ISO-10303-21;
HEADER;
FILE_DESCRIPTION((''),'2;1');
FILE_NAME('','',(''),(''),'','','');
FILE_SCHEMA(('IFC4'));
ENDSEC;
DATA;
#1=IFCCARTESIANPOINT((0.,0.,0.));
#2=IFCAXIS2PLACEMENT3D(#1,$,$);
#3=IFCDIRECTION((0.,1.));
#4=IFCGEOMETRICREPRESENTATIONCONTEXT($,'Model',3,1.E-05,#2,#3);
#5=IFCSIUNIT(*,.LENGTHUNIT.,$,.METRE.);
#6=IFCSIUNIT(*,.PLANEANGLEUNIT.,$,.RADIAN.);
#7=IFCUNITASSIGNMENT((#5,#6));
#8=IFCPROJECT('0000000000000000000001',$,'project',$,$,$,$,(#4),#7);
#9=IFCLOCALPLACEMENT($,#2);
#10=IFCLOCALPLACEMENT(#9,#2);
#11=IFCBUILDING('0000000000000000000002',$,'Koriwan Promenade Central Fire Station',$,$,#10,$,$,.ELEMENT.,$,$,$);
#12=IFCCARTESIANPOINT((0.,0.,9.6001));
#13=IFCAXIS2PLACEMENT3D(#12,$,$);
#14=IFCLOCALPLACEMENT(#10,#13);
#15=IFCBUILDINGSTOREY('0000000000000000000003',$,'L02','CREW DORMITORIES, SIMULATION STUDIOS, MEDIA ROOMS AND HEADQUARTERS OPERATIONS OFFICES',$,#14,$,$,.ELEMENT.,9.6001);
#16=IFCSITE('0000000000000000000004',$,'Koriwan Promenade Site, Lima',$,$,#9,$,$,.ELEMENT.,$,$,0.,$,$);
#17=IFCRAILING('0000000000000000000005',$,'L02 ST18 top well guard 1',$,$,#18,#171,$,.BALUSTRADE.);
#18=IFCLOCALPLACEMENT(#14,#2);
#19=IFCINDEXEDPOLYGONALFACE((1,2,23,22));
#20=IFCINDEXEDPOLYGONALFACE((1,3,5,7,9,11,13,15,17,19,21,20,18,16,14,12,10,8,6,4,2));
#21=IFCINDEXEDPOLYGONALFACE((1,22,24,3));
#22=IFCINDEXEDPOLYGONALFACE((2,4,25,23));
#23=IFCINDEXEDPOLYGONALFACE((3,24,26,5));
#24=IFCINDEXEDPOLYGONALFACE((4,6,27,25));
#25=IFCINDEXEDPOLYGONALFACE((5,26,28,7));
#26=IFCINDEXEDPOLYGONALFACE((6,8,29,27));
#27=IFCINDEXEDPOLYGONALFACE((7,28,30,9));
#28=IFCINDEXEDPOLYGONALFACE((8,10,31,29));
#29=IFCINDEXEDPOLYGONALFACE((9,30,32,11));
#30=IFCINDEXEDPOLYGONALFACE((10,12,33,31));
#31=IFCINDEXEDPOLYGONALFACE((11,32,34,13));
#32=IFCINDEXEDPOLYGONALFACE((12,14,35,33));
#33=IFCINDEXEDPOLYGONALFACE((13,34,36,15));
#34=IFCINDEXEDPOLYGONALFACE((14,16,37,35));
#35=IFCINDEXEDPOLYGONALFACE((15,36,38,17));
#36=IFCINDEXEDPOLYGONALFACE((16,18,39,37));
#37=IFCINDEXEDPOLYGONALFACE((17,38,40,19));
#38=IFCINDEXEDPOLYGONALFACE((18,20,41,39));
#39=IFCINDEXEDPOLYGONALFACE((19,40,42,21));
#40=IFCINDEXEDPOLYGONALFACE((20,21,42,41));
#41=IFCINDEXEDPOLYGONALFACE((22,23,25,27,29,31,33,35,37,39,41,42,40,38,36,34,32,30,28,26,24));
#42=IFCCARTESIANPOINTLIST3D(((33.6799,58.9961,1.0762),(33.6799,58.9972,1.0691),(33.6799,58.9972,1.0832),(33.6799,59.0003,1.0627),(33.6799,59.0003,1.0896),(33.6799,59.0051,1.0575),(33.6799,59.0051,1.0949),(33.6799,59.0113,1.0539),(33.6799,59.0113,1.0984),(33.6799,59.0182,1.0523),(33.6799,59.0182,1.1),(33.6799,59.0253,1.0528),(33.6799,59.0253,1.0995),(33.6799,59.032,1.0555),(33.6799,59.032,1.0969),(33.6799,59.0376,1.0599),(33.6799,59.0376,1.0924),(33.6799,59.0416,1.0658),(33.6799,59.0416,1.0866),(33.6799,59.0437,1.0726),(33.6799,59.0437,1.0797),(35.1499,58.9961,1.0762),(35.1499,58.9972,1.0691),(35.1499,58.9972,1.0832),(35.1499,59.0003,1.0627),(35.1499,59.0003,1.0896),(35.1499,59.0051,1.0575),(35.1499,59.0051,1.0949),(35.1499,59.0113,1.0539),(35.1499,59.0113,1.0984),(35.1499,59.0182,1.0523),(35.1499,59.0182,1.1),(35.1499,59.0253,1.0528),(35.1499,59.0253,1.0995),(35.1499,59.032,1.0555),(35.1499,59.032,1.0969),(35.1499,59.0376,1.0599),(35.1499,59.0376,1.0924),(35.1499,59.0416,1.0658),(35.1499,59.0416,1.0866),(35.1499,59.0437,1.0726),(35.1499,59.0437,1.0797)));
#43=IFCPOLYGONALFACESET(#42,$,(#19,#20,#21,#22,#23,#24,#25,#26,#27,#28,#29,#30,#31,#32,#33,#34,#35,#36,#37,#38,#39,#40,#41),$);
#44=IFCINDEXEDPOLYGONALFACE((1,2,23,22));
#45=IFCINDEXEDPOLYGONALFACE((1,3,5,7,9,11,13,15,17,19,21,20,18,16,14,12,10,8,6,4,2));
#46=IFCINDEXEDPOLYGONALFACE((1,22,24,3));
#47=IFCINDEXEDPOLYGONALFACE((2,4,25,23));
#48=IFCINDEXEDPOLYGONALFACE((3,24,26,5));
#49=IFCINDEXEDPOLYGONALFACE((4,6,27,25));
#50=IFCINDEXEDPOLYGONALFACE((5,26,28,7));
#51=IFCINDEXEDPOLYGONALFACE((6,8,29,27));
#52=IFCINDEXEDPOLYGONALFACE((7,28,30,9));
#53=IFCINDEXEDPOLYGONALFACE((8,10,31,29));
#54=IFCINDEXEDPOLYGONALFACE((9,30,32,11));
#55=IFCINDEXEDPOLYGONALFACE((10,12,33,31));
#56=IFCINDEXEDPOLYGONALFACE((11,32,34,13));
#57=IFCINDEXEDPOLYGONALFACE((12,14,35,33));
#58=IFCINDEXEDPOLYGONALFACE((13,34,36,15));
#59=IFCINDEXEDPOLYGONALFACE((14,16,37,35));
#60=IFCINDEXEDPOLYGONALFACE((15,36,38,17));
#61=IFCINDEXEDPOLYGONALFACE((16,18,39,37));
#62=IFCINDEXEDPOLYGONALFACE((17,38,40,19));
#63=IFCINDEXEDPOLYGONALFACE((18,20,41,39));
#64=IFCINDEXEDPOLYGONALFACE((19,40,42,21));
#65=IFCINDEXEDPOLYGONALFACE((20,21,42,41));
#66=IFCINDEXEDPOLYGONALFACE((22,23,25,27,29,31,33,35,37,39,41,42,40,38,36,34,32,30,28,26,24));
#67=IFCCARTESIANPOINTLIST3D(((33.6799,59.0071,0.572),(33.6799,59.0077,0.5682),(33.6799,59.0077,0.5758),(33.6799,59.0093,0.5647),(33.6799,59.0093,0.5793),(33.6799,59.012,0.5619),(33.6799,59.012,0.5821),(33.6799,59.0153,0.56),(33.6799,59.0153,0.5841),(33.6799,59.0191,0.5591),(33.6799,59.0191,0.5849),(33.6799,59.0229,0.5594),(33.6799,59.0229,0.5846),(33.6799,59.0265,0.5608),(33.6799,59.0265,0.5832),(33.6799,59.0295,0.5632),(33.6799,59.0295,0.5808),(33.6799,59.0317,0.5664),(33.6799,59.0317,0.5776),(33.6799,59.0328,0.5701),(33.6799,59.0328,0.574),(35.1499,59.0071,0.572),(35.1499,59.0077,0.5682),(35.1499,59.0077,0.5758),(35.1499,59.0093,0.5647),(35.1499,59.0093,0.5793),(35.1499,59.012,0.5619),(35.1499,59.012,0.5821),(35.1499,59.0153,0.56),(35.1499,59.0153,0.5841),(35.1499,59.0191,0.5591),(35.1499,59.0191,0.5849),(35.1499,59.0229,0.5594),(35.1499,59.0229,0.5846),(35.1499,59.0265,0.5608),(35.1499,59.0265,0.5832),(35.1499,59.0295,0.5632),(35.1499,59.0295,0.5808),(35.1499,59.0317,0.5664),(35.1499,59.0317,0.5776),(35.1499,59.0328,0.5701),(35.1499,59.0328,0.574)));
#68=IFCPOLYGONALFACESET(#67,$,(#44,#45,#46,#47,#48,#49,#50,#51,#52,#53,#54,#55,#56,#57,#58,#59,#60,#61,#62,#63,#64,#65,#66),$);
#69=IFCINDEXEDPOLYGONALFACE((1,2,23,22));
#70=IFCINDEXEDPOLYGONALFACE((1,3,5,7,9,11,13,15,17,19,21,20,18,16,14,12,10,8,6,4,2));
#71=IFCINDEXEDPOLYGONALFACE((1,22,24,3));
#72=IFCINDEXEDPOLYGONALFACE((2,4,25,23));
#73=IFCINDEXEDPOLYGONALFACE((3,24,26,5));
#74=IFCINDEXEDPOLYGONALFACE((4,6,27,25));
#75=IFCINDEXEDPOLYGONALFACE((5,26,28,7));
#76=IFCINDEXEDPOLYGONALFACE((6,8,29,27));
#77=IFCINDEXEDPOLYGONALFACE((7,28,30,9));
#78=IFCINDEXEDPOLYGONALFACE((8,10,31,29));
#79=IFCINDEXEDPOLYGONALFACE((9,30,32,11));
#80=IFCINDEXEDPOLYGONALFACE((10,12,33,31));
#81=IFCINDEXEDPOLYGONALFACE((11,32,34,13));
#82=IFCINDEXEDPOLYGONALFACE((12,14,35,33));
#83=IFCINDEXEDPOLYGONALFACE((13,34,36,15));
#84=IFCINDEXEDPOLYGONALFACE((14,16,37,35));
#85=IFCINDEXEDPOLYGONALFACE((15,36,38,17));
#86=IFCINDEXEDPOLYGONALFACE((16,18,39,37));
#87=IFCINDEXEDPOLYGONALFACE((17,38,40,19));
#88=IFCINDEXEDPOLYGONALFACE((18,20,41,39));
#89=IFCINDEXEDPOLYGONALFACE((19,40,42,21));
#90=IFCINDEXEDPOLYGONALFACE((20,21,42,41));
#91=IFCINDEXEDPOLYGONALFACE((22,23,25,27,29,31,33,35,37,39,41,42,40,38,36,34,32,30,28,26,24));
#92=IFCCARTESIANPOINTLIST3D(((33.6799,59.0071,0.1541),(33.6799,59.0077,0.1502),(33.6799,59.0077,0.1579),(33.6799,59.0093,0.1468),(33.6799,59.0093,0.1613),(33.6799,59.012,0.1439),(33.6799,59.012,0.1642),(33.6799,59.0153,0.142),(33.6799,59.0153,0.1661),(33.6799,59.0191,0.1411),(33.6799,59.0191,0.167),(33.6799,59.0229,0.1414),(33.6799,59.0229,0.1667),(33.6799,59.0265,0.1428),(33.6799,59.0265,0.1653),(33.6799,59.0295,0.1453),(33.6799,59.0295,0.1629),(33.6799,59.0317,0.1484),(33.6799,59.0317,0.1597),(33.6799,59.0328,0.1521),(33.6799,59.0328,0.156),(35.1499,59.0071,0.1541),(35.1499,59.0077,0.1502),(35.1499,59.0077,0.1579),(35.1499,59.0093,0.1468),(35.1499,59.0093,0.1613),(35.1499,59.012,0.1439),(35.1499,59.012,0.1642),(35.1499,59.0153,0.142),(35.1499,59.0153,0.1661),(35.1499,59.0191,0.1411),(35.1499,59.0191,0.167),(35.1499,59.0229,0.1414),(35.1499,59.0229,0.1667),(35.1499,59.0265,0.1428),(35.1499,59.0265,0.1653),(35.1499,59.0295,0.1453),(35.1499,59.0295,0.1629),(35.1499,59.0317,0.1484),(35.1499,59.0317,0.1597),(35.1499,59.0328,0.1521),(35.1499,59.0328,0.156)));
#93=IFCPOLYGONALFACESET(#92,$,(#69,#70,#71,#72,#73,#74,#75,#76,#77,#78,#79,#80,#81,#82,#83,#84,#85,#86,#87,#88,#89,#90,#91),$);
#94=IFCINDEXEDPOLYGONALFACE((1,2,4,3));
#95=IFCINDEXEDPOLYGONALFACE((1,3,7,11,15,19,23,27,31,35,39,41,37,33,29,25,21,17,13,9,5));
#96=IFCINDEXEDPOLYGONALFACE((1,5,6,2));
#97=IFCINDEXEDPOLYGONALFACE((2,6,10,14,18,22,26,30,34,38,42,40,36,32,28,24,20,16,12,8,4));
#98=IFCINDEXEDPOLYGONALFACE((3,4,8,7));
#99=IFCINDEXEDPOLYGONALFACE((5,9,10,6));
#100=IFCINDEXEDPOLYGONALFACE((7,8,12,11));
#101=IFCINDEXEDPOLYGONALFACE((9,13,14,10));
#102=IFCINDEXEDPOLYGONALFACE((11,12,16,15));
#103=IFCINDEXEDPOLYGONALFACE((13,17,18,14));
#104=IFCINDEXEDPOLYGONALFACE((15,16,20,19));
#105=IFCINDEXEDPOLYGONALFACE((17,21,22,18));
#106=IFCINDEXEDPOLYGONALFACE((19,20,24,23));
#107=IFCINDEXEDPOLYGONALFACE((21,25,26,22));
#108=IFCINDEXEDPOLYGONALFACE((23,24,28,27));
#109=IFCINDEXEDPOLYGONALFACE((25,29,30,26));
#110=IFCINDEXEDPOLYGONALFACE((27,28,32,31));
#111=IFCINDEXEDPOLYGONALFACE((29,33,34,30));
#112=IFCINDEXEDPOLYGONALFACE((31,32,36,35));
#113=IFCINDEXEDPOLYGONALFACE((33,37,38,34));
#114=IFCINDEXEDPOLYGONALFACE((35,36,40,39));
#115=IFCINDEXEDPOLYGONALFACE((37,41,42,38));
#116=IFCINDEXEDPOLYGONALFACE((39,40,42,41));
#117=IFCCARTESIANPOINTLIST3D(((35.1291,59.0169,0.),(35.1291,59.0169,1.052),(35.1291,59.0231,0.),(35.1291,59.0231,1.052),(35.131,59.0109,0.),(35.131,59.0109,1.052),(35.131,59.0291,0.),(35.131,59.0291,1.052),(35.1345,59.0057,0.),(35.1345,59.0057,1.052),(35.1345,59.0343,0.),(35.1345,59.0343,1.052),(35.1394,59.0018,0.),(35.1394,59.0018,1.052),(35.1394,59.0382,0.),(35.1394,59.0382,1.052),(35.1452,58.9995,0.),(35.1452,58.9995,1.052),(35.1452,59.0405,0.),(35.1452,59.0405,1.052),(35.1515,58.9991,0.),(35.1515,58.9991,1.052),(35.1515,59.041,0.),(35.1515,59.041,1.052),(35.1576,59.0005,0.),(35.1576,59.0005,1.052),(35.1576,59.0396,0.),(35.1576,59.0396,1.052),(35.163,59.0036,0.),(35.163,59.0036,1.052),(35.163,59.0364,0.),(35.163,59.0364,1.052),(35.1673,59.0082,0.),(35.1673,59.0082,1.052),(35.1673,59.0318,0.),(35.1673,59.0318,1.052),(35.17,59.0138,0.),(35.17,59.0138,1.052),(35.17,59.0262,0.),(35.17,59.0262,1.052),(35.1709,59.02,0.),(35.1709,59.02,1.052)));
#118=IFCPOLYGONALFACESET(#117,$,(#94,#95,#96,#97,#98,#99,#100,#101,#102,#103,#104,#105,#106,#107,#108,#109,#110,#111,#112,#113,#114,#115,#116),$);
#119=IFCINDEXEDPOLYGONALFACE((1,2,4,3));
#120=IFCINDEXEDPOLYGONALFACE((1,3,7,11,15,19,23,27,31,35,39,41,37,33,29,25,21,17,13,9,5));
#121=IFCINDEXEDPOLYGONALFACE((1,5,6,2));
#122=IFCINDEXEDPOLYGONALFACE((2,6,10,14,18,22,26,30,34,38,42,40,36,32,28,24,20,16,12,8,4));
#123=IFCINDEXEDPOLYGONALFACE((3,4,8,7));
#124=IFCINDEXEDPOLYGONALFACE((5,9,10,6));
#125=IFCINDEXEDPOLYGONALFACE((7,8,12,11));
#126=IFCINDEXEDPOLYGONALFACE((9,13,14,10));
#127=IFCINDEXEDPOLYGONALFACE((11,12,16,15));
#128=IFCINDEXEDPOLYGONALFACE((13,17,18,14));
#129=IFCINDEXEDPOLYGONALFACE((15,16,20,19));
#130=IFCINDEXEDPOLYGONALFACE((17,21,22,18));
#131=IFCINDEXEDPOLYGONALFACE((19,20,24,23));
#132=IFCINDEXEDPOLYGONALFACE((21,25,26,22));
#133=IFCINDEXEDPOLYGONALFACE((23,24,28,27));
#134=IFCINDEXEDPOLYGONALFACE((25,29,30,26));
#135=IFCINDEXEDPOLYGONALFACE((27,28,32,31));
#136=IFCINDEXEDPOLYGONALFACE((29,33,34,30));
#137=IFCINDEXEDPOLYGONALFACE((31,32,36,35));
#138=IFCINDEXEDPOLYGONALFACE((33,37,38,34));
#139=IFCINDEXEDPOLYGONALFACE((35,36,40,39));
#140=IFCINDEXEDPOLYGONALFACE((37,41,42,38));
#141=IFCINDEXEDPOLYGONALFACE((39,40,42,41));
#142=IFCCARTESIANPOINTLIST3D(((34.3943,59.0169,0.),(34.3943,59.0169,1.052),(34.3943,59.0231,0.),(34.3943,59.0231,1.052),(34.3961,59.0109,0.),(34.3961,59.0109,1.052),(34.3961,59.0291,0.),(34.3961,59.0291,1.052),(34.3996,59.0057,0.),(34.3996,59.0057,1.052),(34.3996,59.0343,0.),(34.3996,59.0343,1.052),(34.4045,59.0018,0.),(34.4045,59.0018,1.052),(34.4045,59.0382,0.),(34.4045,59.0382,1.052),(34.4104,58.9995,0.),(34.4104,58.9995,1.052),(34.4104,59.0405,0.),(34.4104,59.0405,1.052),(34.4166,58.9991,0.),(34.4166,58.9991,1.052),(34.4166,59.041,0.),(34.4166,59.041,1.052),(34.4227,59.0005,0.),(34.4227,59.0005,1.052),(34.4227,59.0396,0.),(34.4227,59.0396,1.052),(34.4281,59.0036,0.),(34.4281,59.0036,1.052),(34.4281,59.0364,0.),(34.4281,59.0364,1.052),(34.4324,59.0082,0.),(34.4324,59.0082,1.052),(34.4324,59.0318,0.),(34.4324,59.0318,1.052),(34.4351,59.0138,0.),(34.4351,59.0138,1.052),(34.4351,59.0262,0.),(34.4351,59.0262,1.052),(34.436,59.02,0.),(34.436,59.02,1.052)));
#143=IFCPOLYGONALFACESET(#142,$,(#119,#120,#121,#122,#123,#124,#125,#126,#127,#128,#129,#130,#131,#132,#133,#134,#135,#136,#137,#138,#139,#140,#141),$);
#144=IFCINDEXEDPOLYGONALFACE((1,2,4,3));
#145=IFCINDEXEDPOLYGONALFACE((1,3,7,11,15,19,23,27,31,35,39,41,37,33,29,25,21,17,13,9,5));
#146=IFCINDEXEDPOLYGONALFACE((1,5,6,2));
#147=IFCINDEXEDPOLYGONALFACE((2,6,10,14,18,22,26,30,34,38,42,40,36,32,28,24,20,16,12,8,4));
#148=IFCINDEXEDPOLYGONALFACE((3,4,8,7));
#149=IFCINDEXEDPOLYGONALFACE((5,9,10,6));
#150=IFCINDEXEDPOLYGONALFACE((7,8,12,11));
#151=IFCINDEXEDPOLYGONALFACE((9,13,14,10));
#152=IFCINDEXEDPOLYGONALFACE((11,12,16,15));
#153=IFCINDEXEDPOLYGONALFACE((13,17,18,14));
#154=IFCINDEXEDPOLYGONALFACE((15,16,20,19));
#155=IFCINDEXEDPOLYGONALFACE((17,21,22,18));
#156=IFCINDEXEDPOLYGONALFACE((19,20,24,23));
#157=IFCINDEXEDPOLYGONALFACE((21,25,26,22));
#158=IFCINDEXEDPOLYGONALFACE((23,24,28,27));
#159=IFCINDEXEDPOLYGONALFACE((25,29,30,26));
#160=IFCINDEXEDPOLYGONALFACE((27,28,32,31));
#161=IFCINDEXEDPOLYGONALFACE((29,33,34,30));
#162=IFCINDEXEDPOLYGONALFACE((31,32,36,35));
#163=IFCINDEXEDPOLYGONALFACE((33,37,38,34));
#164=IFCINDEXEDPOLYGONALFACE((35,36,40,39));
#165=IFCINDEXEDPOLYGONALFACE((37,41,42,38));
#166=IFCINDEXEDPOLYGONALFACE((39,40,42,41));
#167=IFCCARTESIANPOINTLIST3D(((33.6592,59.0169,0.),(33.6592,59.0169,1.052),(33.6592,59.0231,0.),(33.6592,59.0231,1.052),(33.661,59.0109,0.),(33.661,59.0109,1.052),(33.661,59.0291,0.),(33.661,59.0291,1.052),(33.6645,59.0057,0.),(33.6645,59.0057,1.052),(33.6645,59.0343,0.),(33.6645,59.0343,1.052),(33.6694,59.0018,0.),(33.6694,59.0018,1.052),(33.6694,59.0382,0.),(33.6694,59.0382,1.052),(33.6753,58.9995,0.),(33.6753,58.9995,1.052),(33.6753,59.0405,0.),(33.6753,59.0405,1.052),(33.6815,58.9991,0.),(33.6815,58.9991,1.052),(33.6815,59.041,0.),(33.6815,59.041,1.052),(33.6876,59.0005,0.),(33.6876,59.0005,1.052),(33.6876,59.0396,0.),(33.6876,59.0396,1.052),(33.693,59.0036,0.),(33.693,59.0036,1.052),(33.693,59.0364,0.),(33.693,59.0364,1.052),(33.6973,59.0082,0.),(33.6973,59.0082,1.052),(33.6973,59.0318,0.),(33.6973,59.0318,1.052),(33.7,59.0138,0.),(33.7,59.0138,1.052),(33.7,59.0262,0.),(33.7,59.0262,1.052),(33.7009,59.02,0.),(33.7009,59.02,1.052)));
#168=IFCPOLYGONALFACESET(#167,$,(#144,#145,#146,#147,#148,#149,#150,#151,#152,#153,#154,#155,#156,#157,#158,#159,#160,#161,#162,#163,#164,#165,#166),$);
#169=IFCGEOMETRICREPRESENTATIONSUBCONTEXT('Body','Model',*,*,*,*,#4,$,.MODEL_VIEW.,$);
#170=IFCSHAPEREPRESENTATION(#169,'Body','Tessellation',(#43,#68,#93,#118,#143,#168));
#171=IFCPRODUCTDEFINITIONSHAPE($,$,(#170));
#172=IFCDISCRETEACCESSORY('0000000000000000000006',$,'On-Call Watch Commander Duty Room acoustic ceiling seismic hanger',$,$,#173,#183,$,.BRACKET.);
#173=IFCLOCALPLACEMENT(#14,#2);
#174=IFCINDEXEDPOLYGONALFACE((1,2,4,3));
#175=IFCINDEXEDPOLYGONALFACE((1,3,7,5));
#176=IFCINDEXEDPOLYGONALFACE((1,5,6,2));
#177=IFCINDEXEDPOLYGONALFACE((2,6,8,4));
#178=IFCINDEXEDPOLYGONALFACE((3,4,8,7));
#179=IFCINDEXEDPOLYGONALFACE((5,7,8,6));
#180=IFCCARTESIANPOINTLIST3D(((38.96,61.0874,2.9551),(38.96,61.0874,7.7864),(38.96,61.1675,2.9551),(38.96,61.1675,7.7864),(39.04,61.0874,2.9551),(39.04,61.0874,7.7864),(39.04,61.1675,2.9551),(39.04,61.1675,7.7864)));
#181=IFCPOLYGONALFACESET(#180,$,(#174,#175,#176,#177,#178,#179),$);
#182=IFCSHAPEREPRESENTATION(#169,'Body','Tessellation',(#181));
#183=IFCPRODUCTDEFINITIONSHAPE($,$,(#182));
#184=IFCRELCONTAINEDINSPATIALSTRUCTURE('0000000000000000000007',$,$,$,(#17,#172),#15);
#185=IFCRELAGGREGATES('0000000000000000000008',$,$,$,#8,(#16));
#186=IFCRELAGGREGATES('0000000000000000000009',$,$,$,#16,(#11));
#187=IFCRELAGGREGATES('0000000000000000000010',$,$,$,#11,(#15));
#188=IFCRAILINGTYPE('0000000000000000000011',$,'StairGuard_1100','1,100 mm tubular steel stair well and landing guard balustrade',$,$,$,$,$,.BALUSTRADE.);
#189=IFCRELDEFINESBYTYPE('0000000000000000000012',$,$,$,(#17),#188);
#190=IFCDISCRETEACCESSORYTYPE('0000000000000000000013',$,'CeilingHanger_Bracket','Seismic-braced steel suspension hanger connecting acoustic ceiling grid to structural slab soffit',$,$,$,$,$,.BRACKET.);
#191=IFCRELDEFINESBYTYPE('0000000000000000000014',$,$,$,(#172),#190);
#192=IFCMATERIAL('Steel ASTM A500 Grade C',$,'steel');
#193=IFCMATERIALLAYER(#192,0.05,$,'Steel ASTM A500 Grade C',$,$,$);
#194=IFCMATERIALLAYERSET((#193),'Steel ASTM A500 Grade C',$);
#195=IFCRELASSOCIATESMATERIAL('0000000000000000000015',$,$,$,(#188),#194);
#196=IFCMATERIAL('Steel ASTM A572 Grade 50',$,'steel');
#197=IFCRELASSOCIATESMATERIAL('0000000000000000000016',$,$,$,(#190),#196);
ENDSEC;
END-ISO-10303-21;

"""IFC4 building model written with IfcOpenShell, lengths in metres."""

from ifc_helpers import new_model, si_unit, direction, frame, origin, origin_2d, place, context, subcontext, project, spatial, rectangle, circle, extrude, material, layer, layer_set, type_object, element, save


model = new_model("IFC4")

# Units and contexts
model_context = context("Model", 3, precision=1e-05, world=origin(), true_north=direction((0.0, 1.0)))
body_context = subcontext(model_context, "Body", "Model", "MODEL_VIEW")
ifc_project = project(units=[si_unit("LENGTHUNIT", "METRE"), si_unit("PLANEANGLEUNIT", "RADIAN")], contexts=[model_context])

# Site, building, storey
site_placement = place(None, origin())
site = spatial("IfcSite", under=ifc_project, at=site_placement, Name="Koriwan Promenade Site, Lima", CompositionType="ELEMENT", RefElevation=0.0)
building_placement = place(site_placement, origin())
building = spatial("IfcBuilding", under=site, at=building_placement, Name="Koriwan Promenade Central Fire Station", CompositionType="ELEMENT")
storey_placement = place(building_placement, frame((0.0, 0.0, 9.6001)))
storey = spatial("IfcBuildingStorey", under=building, at=storey_placement, Name="L02", Description="CREW DORMITORIES, SIMULATION STUDIOS, MEDIA ROOMS AND HEADQUARTERS OPERATIONS OFFICES", CompositionType="ELEMENT", Elevation=9.6001)

# Shared definitions
ifc_material_1 = material(Name="Steel ASTM A500 Grade C", Category="steel")

# Shared definitions
ifc_material_2 = material(Name="Steel ASTM A572 Grade 50", Category="steel")

# Railing
ifc_layer_1 = layer(ifc_material_1, 0.05, Name="Steel ASTM A500 Grade C")
ifc_layer_set_1 = layer_set([ifc_layer_1], Name="Steel ASTM A500 Grade C")
railing_type = type_object("IfcRailingType", Name="StairGuard_1100", Description="1,100 mm tubular steel stair well and landing guard balustrade", PredefinedType="BALUSTRADE", material=ifc_layer_set_1)
railing_placement = place(storey_placement, frame((35.1499, 59.02, 0.0)))
element("IfcRailing", 1, at=railing_placement, inside=storey, type_object=railing_type, Name="L02 ST18 top well guard 1", PredefinedType="BALUSTRADE", context=body_context, shape_type="SweptSolid", body=[
    extrude(circle(Radius=0.0239, at=origin_2d()), frame((0.0, 0.0, 1.0762), z_axis=(-1.0, 0.0, 0.0), x_axis=(0.0, -1.0, 0.0)), (0.0, 0.0, 1.0), 1.47),
    extrude(circle(Radius=0.0129, at=origin_2d()), frame((0.0, 0.0, 0.572), z_axis=(-1.0, 0.0, 0.0), x_axis=(0.0, -1.0, 0.0)), (0.0, 0.0, 1.0), 1.47),
    extrude(circle(Radius=0.0129, at=origin_2d()), frame((0.0, 0.0, 0.1541), z_axis=(-1.0, 0.0, 0.0), x_axis=(0.0, -1.0, 0.0)), (0.0, 0.0, 1.0), 1.47),
    extrude(circle(Radius=0.021, at=origin_2d()), origin(), (0.0, 0.0, 1.0), 1.052),
    extrude(circle(Radius=0.021, at=origin_2d()), frame((-0.7349, 0.0, 0.0)), (0.0, 0.0, 1.0), 1.052),
    extrude(circle(Radius=0.021, at=origin_2d()), frame((-1.47, 0.0, 0.0)), (0.0, 0.0, 1.0), 1.052),
])

# Discrete accessory
discrete_accessory_type = type_object("IfcDiscreteAccessoryType", Name="CeilingHanger_Bracket", Description="Seismic-braced steel suspension hanger connecting acoustic ceiling grid to structural slab soffit", PredefinedType="BRACKET", material=ifc_material_2)
discrete_accessory_placement = place(storey_placement, frame((39.0, 61.1274, 2.9551), z_axis=(0.0, 0.0, 1.0), x_axis=(1.0, 0.0, 0.0)))
element("IfcDiscreteAccessory", 2, at=discrete_accessory_placement, inside=storey, type_object=discrete_accessory_type, Name="On-Call Watch Commander Duty Room acoustic ceiling seismic hanger", PredefinedType="BRACKET", context=body_context, shape_type="SweptSolid", body=[
    extrude(rectangle(XDim=0.0801, YDim=0.0801, at=origin_2d()), origin(), (0.0, 0.0, 1.0), 4.8313),
])

save(model, "model.ifc")
